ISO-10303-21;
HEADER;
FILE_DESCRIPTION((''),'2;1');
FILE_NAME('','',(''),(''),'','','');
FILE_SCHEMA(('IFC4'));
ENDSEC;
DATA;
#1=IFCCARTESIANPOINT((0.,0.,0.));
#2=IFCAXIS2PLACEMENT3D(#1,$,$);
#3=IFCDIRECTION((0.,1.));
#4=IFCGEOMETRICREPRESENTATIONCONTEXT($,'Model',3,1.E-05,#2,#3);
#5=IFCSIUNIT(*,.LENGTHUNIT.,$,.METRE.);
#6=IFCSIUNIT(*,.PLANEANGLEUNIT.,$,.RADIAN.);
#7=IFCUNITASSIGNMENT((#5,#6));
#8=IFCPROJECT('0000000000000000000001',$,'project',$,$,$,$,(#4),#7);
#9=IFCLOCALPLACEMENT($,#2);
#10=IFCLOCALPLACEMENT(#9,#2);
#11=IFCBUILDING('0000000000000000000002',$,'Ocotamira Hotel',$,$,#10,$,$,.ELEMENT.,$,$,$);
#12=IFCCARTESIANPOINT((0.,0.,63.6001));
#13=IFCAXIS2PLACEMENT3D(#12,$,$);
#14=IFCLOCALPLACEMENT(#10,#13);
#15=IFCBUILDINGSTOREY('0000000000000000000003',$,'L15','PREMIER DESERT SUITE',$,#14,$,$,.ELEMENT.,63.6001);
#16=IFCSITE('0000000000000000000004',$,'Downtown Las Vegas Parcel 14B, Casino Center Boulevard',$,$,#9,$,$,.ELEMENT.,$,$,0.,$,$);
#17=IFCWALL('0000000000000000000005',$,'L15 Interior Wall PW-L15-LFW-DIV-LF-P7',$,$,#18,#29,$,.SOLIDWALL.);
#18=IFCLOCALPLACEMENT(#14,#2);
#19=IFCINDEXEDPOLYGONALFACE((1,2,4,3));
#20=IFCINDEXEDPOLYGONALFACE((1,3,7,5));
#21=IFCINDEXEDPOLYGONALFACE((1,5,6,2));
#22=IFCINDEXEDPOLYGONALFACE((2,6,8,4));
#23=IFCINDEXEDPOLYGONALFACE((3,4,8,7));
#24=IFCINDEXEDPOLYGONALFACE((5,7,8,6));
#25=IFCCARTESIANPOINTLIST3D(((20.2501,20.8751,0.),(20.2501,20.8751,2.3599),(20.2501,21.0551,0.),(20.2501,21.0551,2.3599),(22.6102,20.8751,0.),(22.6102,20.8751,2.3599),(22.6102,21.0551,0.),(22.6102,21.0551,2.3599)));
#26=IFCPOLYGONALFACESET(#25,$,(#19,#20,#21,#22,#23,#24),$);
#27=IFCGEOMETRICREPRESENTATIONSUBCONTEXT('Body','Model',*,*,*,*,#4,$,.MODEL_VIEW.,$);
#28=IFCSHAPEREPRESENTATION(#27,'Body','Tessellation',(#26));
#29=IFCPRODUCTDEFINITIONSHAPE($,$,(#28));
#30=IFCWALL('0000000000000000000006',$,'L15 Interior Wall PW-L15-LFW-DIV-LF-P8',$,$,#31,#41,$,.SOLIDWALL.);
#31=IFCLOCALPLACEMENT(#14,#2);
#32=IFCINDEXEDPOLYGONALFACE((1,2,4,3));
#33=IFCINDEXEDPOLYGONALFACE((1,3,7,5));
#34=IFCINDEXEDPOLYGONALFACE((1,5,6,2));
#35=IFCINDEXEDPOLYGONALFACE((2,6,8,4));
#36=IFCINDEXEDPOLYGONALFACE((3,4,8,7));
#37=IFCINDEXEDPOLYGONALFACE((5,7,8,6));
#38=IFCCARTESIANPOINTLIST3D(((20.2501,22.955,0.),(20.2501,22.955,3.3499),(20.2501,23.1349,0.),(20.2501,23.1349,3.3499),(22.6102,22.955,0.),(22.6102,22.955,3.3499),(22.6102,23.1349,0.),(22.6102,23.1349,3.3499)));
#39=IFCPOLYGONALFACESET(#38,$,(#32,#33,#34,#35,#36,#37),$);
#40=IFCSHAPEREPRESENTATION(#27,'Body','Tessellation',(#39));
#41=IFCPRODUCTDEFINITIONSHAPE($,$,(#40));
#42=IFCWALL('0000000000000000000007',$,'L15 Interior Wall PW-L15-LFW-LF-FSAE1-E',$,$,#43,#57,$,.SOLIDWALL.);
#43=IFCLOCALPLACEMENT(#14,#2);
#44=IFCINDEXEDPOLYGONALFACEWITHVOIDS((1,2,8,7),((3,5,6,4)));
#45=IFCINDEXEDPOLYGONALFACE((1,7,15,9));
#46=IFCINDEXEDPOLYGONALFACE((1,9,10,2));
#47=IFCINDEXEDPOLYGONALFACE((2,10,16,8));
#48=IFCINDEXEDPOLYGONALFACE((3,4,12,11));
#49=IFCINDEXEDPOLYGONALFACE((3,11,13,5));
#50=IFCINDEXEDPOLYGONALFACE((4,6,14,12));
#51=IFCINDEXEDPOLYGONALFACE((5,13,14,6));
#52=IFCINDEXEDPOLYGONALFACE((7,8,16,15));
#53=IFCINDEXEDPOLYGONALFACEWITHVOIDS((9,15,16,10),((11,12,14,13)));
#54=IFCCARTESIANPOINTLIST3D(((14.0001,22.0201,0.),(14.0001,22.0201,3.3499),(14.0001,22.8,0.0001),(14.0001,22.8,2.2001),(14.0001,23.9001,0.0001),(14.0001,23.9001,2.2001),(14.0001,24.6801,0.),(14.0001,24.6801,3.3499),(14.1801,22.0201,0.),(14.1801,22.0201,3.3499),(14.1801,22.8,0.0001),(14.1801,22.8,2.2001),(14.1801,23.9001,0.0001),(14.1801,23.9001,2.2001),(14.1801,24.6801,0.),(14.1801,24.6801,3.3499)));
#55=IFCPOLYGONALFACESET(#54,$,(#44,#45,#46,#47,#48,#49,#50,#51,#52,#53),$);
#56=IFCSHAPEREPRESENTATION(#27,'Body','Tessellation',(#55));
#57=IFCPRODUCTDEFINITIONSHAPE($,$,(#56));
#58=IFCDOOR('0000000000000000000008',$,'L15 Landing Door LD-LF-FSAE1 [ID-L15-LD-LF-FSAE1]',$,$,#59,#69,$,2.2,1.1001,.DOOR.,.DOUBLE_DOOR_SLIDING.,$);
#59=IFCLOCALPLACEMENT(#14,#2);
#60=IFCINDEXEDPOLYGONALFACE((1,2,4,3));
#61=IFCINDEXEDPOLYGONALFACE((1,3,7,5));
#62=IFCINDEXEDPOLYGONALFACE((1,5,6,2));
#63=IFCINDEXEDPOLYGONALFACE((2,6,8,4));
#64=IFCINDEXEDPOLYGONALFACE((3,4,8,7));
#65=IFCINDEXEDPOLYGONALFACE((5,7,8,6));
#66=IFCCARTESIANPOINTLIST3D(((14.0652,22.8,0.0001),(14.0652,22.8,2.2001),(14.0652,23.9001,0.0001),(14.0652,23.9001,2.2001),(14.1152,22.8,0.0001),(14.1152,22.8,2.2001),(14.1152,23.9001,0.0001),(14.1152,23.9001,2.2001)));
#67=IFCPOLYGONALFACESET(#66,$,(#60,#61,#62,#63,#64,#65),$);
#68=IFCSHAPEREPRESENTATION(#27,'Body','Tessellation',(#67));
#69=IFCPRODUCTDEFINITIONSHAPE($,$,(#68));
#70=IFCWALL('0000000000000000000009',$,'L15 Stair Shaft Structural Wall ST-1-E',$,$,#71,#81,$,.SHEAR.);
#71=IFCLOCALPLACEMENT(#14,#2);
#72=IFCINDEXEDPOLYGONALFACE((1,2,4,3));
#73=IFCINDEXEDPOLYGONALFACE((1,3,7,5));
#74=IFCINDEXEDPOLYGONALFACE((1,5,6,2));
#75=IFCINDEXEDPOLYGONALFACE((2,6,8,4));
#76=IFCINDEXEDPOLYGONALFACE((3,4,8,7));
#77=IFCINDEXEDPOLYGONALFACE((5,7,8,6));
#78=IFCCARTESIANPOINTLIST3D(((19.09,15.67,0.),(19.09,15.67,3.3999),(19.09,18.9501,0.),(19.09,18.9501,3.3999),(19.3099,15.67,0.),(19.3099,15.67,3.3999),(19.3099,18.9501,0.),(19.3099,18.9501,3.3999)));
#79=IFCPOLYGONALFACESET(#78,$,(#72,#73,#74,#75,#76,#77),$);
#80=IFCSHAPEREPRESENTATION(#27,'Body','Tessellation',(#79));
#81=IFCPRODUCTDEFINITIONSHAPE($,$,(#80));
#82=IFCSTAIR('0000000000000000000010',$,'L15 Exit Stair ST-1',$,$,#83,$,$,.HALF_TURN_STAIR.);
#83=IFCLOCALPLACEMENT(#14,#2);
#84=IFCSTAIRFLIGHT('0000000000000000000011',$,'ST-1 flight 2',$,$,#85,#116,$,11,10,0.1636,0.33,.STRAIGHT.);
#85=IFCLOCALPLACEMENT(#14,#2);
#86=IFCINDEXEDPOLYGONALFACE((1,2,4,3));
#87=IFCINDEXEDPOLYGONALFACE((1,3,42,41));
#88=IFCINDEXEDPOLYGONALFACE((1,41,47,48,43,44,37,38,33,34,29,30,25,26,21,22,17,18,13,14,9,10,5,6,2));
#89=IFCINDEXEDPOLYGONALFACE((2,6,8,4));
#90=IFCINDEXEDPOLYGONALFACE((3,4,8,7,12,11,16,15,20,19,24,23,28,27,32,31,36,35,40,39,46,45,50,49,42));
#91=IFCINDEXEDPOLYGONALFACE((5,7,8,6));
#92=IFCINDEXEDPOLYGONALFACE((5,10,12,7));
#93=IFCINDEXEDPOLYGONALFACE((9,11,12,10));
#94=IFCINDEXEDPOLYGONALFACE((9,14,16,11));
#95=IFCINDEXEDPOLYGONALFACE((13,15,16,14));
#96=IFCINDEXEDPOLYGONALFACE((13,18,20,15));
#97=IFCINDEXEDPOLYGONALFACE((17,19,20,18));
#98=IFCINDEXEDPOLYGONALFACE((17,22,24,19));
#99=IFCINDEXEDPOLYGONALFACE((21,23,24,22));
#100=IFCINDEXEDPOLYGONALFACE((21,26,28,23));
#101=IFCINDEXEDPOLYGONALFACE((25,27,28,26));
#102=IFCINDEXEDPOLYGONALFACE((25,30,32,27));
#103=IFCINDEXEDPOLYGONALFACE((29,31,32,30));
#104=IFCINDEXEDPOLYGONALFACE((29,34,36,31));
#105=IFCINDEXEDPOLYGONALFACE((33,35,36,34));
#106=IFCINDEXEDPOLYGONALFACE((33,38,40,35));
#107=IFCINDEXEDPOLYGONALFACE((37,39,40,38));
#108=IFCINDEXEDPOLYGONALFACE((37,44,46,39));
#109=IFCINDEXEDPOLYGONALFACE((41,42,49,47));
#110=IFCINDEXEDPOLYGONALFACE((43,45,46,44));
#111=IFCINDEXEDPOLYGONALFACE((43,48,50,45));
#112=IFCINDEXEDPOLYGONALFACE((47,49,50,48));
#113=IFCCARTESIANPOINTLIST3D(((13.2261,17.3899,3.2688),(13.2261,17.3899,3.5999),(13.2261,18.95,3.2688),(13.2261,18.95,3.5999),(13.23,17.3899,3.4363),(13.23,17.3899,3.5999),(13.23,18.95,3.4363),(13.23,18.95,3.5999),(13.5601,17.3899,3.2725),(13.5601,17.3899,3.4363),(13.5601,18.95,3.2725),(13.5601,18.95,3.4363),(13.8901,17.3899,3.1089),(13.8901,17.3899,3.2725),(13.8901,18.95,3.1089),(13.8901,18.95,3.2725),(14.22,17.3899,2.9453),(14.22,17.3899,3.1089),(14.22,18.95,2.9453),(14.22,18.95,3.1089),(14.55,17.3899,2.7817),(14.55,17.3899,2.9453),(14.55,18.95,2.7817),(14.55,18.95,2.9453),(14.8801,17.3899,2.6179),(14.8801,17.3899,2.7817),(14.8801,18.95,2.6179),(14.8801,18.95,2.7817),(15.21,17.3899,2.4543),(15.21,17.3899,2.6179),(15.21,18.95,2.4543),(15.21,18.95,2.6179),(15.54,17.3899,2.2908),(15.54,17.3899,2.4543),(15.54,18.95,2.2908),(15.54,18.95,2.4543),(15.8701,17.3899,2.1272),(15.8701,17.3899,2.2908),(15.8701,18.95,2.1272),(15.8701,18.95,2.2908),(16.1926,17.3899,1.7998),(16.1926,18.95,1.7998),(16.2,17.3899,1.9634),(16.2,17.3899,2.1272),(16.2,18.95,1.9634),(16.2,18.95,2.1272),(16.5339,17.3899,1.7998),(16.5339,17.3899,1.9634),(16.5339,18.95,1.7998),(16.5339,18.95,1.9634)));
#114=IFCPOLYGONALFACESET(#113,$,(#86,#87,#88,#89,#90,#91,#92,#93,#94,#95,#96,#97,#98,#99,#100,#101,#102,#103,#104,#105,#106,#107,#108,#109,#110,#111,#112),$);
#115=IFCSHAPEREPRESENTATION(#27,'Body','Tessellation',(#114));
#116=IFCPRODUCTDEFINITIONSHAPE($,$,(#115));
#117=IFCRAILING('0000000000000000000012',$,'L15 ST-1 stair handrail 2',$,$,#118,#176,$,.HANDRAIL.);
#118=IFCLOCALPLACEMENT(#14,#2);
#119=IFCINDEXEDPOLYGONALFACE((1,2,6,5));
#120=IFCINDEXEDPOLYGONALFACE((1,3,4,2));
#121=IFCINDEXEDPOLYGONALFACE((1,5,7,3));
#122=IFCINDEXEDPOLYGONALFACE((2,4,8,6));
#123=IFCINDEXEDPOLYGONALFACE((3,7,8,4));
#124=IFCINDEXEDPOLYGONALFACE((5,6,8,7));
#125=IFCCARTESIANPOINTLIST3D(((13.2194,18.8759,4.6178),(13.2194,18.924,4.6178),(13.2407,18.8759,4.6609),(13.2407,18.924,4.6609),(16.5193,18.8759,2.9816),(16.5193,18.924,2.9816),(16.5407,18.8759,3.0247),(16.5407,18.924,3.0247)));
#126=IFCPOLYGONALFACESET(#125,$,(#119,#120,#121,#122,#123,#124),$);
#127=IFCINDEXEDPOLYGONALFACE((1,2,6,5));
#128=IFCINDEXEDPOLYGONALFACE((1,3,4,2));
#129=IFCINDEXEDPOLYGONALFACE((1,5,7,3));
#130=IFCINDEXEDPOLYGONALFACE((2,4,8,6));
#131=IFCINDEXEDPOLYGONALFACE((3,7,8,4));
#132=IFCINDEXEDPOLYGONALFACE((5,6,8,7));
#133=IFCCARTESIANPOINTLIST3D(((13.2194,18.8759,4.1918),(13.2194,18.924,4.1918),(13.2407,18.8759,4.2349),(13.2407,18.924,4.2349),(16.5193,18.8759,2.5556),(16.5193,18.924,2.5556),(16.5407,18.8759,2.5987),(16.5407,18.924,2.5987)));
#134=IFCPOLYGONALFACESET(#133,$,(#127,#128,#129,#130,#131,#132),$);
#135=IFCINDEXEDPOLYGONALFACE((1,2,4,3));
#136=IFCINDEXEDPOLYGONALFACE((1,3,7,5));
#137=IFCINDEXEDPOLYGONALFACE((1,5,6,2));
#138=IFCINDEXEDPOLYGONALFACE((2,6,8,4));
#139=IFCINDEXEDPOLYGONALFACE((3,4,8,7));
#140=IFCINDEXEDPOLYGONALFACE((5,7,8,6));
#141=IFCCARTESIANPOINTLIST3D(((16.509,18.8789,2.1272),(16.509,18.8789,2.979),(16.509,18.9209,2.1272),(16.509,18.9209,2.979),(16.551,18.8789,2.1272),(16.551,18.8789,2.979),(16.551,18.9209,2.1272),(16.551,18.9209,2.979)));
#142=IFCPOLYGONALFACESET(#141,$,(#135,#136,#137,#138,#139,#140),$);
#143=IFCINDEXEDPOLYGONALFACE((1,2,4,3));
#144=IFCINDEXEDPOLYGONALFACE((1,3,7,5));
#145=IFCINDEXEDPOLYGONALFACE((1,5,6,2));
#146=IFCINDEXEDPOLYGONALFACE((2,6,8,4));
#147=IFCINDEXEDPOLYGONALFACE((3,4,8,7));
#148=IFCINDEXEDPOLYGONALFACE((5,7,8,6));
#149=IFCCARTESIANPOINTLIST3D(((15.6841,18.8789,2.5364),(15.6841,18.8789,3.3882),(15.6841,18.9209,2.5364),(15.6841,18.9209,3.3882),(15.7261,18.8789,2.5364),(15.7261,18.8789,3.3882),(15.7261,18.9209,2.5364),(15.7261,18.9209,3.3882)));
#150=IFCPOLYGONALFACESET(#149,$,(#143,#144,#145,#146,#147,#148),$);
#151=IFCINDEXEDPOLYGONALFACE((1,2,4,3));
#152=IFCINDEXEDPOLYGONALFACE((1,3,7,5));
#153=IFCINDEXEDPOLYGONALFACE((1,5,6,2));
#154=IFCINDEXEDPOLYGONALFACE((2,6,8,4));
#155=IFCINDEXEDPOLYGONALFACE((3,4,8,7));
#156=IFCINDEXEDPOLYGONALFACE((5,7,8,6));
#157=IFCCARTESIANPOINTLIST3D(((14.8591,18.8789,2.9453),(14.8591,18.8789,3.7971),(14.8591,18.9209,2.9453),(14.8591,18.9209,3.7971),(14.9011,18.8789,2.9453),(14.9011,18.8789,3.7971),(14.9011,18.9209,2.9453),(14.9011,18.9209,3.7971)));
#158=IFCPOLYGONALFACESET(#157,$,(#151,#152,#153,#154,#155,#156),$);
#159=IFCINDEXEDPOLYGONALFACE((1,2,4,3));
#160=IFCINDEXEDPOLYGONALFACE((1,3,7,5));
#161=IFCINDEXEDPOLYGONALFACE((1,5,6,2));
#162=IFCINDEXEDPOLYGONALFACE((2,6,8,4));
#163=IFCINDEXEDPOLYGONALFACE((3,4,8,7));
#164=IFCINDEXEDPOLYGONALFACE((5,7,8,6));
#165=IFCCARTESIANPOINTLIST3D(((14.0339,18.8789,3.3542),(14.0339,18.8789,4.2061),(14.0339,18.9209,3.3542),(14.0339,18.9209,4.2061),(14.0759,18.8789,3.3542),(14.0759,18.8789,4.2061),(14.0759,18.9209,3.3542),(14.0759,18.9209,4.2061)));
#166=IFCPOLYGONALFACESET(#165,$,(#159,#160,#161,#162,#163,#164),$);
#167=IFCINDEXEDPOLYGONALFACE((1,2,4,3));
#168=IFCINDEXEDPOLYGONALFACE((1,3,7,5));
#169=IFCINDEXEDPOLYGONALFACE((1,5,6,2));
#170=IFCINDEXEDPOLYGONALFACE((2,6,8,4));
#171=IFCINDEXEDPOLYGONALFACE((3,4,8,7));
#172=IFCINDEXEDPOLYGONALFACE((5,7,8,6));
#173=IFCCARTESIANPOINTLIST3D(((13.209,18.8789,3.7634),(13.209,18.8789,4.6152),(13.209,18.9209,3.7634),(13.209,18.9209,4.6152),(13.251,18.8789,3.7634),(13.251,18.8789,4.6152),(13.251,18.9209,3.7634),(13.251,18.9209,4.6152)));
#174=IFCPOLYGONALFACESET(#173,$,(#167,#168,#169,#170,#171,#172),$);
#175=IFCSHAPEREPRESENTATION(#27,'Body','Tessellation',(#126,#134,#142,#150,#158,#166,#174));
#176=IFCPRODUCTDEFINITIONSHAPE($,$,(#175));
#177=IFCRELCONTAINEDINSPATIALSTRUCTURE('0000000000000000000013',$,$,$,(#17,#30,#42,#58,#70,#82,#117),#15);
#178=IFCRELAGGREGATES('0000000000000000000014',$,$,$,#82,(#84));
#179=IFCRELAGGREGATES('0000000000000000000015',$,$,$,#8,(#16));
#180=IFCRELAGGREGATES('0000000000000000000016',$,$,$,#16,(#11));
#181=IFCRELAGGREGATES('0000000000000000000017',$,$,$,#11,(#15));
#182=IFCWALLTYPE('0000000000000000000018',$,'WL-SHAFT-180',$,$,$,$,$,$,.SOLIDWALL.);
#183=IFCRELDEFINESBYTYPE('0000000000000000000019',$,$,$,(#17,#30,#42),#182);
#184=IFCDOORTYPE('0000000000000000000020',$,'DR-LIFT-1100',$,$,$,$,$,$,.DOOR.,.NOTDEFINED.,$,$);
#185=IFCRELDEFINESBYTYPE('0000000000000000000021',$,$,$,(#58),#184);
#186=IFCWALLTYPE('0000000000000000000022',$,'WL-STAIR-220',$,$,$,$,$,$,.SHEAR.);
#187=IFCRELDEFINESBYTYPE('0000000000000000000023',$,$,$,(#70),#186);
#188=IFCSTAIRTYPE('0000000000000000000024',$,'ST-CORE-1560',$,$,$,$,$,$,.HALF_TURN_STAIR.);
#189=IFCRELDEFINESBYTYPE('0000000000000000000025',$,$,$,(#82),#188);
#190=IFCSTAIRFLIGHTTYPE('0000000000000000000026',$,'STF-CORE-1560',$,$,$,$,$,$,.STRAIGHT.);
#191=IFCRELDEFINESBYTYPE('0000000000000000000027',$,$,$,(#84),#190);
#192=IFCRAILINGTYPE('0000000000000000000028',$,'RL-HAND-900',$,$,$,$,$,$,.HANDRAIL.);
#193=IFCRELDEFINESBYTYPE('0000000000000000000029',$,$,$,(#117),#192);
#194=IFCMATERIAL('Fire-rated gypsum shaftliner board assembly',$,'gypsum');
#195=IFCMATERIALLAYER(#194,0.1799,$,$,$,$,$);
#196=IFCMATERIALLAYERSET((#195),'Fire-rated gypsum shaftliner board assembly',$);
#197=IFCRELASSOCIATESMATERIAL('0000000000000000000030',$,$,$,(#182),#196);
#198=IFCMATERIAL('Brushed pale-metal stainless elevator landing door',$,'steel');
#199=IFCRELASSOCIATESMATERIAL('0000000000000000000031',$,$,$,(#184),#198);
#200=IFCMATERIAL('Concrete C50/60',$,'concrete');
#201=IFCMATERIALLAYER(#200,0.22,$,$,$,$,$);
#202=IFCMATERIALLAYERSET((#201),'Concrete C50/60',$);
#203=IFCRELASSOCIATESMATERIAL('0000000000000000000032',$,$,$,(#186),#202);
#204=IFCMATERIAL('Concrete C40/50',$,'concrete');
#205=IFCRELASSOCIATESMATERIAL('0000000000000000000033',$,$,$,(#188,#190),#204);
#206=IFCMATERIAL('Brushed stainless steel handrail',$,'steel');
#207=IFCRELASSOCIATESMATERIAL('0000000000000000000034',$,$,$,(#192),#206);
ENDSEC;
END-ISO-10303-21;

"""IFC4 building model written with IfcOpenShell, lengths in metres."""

from ifc_helpers import new_model, si_unit, direction, frame, frame_2d, origin, origin_2d, place, context, subcontext, project, spatial, polyline, rectangle, outline, extrude, source, transform, mapped, material, layer, layer_set, type_object, element, fill, aggregate, save


model = new_model("IFC4")

# Units and contexts
model_context = context("Model", 3, precision=1e-05, world=origin(), true_north=direction((0.0, 1.0)))
body_context = subcontext(model_context, "Body", "Model", "MODEL_VIEW")
ifc_project = project(units=[si_unit("LENGTHUNIT", "METRE"), si_unit("PLANEANGLEUNIT", "RADIAN")], contexts=[model_context])

# Site, building, storey
site_placement = place(None, origin())
site = spatial("IfcSite", under=ifc_project, at=site_placement, Name="Downtown Las Vegas Parcel 14B, Casino Center Boulevard", CompositionType="ELEMENT", RefElevation=0.0)
building_placement = place(site_placement, origin())
building = spatial("IfcBuilding", under=site, at=building_placement, Name="Ocotamira Hotel", CompositionType="ELEMENT")
storey_placement = place(building_placement, frame((0.0, 0.0, 63.6001)))
storey = spatial("IfcBuildingStorey", under=building, at=storey_placement, Name="L15", Description="PREMIER DESERT SUITE", CompositionType="ELEMENT", Elevation=63.6001)

# Walls
ifc_material_1 = material(Name="Fire-rated gypsum shaftliner board assembly", Category="gypsum")
ifc_layer_1 = layer(ifc_material_1, 0.1799)
ifc_layer_set_1 = layer_set([ifc_layer_1], Name="Fire-rated gypsum shaftliner board assembly")
wall_type_1 = type_object("IfcWallType", Name="WL-SHAFT-180", PredefinedType="SOLIDWALL", material=ifc_layer_set_1)
wall_1_placement = place(storey_placement, frame((20.25, 20.9651, 0.0), z_axis=(0.0, 0.0, 1.0), x_axis=(1.0, 0.0, 0.0)))
element("IfcWall", 1, at=wall_1_placement, inside=storey, type_object=wall_type_1, Name="L15 Interior Wall PW-L15-LFW-DIV-LF-P7", PredefinedType="SOLIDWALL", context=body_context, shape_type="SweptSolid", body=[
    extrude(rectangle(XDim=2.3601, YDim=0.1799, at=frame_2d((1.1802, 0.0))), origin(), (0.0, 0.0, 1.0), 2.3599),
])
wall_2_placement = place(storey_placement, frame((20.25, 23.0449, 0.0), z_axis=(0.0, 0.0, 1.0), x_axis=(1.0, 0.0, 0.0)))
element("IfcWall", 2, at=wall_2_placement, inside=storey, type_object=wall_type_1, Name="L15 Interior Wall PW-L15-LFW-DIV-LF-P8", PredefinedType="SOLIDWALL", context=body_context, shape_type="SweptSolid", body=[
    extrude(rectangle(XDim=2.3601, YDim=0.1799, at=frame_2d((1.1802, 0.0))), origin(), (0.0, 0.0, 1.0), 3.3499),
])

# Wall, opening, door
wall_3_placement = place(storey_placement, frame((14.0901, 22.02, 0.0), z_axis=(0.0, 0.0, 1.0), x_axis=(0.0, 1.0, 0.0)))
wall_3 = element("IfcWall", 3, at=wall_3_placement, inside=storey, type_object=wall_type_1, Name="L15 Interior Wall PW-L15-LFW-LF-FSAE1-E", PredefinedType="SOLIDWALL", context=body_context, shape_type="SweptSolid", body=[
    extrude(rectangle(XDim=2.6599, YDim=0.1799, at=frame_2d((1.3301, 0.0))), origin(), (0.0, 0.0, 1.0), 3.3499),
])
opening_1_placement = place(wall_3_placement, frame((0.78, 0.0, 0.0)))
opening_1 = element("IfcOpeningElement", 4, at=opening_1_placement, cuts=wall_3, PredefinedType="OPENING", context=body_context, shape_type="SweptSolid", body=[
    extrude(rectangle(XDim=1.1001, YDim=2.2, at=frame_2d((0.55, 1.1001))), frame((0.0, 0.1001, 0.0), z_axis=(0.0, -1.0, 0.0), x_axis=(1.0, 0.0, 0.0)), (0.0, 0.0, 1.0), 0.2),
])
ifc_material_2 = material(Name="Brushed pale-metal stainless elevator landing door", Category="steel")
door_type_1 = type_object("IfcDoorType", Name="DR-LIFT-1100", OperationType="NOTDEFINED", PredefinedType="DOOR", material=ifc_material_2)
shared_shape_1 = source(origin(), body_context, "Body", "SweptSolid", [
    extrude(rectangle(XDim=1.1001, YDim=2.2, at=frame_2d((0.55, 1.1001))), frame((0.0, 0.0249, 0.0), z_axis=(0.0, -1.0, 0.0), x_axis=(1.0, 0.0, 0.0)), (0.0, 0.0, 1.0), 0.05),
])
door_1_placement = place(opening_1_placement, origin())
door_1 = element("IfcDoor", 5, at=door_1_placement, inside=storey, type_object=door_type_1, Name="L15 Landing Door LD-LF-FSAE1 [ID-L15-LD-LF-FSAE1]", OperationType="DOUBLE_DOOR_SLIDING", OverallHeight=2.2, OverallWidth=1.1001, PredefinedType="DOOR", context=body_context, shape_type="MappedRepresentation", body=[
    mapped(shared_shape_1, transform((0.0, 0.0, 0.0), scale=1.0)),
])
fill(opening_1, door_1)

# Wall
ifc_material_3 = material(Name="Concrete C50/60", Category="concrete")
ifc_layer_2 = layer(ifc_material_3, 0.22)
ifc_layer_set_2 = layer_set([ifc_layer_2], Name="Concrete C50/60")
wall_type_2 = type_object("IfcWallType", Name="WL-STAIR-220", PredefinedType="SHEAR", material=ifc_layer_set_2)
wall_4_placement = place(storey_placement, frame((19.2, 15.6699, 0.0), z_axis=(0.0, 0.0, 1.0), x_axis=(0.0, 1.0, 0.0)))
element("IfcWall", 6, at=wall_4_placement, inside=storey, type_object=wall_type_2, Name="L15 Stair Shaft Structural Wall ST-1-E", PredefinedType="SHEAR", context=body_context, shape_type="SweptSolid", body=[
    extrude(rectangle(XDim=3.28, YDim=0.22, at=frame_2d((1.6401, 0.0))), origin(), (0.0, 0.0, 1.0), 3.3999),
])

# Stair, stair flight
ifc_material_4 = material(Name="Concrete C40/50", Category="concrete")
stair_type = type_object("IfcStairType", Name="ST-CORE-1560", PredefinedType="HALF_TURN_STAIR", material=ifc_material_4)
stair_placement = place(storey_placement, origin())
stair = element("IfcStair", 7, at=stair_placement, inside=storey, type_object=stair_type, Name="L15 Exit Stair ST-1", PredefinedType="HALF_TURN_STAIR")
stair_flight_type = type_object("IfcStairFlightType", Name="STF-CORE-1560", PredefinedType="STRAIGHT", material=ifc_material_4)
shared_shape_2 = source(origin(), body_context, "Body", "SweptSolid", [
    extrude(outline(polyline([(-0.0039, 0.0), (-0.0039, 0.1636), (0.3301, 0.1636), (0.3301, 0.3274), (0.6599, 0.3274), (0.6599, 0.491), (0.99, 0.491), (0.99, 0.6545), (1.3201, 0.6545), (1.3201, 0.8181), (1.6499, 0.8181), (1.6499, 0.9819), (1.98, 0.9819), (1.98, 1.1455), (2.3101, 1.1455), (2.3101, 1.3091), (2.6399, 1.3091), (2.6399, 1.4727), (2.97, 1.4727), (2.97, 1.6365), (3.3, 1.6365), (3.3, 1.8), (3.304, 1.8), (3.304, 1.469), (0.3374, 0.0), (-0.0039, 0.0)])), frame((0.0, 0.78, 0.0), z_axis=(0.0, -1.0, 0.0), x_axis=(1.0, 0.0, 0.0)), (0.0, 0.0, 1.0), 1.5601),
])
stair_flight_placement = place(storey_placement, frame((16.53, 18.1699, 1.7998), z_axis=(0.0, 0.0, 1.0), x_axis=(-1.0, 0.0, 0.0)))
stair_flight = element("IfcStairFlight", 8, at=stair_flight_placement, type_object=stair_flight_type, Name="ST-1 flight 2", NumberOfRisers=11, NumberOfTreads=10, PredefinedType="STRAIGHT", RiserHeight=0.1636, TreadLength=0.33, context=body_context, shape_type="MappedRepresentation", body=[
    mapped(shared_shape_2, transform((0.0, 0.0, 0.0), scale=1.0)),
])
aggregate(stair, [stair_flight])

# Railing
ifc_material_5 = material(Name="Brushed stainless steel handrail", Category="steel")
railing_type_1 = type_object("IfcRailingType", Name="RL-HAND-900", PredefinedType="HANDRAIL", material=ifc_material_5)
railing_1_placement = place(storey_placement, frame((16.53, 18.8999, 2.1272)))
element("IfcRailing", 9, at=railing_1_placement, inside=storey, type_object=railing_type_1, Name="L15 ST-1 stair handrail 2", PredefinedType="HANDRAIL", context=body_context, shape_type="SweptSolid", body=[
    extrude(rectangle(XDim=0.0481, YDim=0.0481, at=origin_2d()), frame((0.0, 0.0, 0.876), z_axis=(-0.89592, 0.0, 0.444215), x_axis=(0.0, -1.0, 0.0)), (0.0, 0.0, 1.0), 3.6833),
    extrude(rectangle(XDim=0.0481, YDim=0.0481, at=origin_2d()), frame((0.0, 0.0, 0.45), z_axis=(-0.89592, 0.0, 0.444215), x_axis=(0.0, -1.0, 0.0)), (0.0, 0.0, 1.0), 3.6833),
    extrude(rectangle(XDim=0.042, YDim=0.042, at=origin_2d()), origin(), (0.0, 0.0, 1.0), 0.8518),
    extrude(rectangle(XDim=0.042, YDim=0.042, at=origin_2d()), frame((-0.825, 0.0, 0.4092)), (0.0, 0.0, 1.0), 0.8518),
    extrude(rectangle(XDim=0.042, YDim=0.042, at=origin_2d()), frame((-1.6499, 0.0, 0.8181)), (0.0, 0.0, 1.0), 0.8518),
    extrude(rectangle(XDim=0.042, YDim=0.042, at=origin_2d()), frame((-2.4751, 0.0, 1.2271)), (0.0, 0.0, 1.0), 0.8518),
    extrude(rectangle(XDim=0.042, YDim=0.042, at=origin_2d()), frame((-3.3, 0.0, 1.6362)), (0.0, 0.0, 1.0), 0.8518),
])

save(model, "model.ifc")
